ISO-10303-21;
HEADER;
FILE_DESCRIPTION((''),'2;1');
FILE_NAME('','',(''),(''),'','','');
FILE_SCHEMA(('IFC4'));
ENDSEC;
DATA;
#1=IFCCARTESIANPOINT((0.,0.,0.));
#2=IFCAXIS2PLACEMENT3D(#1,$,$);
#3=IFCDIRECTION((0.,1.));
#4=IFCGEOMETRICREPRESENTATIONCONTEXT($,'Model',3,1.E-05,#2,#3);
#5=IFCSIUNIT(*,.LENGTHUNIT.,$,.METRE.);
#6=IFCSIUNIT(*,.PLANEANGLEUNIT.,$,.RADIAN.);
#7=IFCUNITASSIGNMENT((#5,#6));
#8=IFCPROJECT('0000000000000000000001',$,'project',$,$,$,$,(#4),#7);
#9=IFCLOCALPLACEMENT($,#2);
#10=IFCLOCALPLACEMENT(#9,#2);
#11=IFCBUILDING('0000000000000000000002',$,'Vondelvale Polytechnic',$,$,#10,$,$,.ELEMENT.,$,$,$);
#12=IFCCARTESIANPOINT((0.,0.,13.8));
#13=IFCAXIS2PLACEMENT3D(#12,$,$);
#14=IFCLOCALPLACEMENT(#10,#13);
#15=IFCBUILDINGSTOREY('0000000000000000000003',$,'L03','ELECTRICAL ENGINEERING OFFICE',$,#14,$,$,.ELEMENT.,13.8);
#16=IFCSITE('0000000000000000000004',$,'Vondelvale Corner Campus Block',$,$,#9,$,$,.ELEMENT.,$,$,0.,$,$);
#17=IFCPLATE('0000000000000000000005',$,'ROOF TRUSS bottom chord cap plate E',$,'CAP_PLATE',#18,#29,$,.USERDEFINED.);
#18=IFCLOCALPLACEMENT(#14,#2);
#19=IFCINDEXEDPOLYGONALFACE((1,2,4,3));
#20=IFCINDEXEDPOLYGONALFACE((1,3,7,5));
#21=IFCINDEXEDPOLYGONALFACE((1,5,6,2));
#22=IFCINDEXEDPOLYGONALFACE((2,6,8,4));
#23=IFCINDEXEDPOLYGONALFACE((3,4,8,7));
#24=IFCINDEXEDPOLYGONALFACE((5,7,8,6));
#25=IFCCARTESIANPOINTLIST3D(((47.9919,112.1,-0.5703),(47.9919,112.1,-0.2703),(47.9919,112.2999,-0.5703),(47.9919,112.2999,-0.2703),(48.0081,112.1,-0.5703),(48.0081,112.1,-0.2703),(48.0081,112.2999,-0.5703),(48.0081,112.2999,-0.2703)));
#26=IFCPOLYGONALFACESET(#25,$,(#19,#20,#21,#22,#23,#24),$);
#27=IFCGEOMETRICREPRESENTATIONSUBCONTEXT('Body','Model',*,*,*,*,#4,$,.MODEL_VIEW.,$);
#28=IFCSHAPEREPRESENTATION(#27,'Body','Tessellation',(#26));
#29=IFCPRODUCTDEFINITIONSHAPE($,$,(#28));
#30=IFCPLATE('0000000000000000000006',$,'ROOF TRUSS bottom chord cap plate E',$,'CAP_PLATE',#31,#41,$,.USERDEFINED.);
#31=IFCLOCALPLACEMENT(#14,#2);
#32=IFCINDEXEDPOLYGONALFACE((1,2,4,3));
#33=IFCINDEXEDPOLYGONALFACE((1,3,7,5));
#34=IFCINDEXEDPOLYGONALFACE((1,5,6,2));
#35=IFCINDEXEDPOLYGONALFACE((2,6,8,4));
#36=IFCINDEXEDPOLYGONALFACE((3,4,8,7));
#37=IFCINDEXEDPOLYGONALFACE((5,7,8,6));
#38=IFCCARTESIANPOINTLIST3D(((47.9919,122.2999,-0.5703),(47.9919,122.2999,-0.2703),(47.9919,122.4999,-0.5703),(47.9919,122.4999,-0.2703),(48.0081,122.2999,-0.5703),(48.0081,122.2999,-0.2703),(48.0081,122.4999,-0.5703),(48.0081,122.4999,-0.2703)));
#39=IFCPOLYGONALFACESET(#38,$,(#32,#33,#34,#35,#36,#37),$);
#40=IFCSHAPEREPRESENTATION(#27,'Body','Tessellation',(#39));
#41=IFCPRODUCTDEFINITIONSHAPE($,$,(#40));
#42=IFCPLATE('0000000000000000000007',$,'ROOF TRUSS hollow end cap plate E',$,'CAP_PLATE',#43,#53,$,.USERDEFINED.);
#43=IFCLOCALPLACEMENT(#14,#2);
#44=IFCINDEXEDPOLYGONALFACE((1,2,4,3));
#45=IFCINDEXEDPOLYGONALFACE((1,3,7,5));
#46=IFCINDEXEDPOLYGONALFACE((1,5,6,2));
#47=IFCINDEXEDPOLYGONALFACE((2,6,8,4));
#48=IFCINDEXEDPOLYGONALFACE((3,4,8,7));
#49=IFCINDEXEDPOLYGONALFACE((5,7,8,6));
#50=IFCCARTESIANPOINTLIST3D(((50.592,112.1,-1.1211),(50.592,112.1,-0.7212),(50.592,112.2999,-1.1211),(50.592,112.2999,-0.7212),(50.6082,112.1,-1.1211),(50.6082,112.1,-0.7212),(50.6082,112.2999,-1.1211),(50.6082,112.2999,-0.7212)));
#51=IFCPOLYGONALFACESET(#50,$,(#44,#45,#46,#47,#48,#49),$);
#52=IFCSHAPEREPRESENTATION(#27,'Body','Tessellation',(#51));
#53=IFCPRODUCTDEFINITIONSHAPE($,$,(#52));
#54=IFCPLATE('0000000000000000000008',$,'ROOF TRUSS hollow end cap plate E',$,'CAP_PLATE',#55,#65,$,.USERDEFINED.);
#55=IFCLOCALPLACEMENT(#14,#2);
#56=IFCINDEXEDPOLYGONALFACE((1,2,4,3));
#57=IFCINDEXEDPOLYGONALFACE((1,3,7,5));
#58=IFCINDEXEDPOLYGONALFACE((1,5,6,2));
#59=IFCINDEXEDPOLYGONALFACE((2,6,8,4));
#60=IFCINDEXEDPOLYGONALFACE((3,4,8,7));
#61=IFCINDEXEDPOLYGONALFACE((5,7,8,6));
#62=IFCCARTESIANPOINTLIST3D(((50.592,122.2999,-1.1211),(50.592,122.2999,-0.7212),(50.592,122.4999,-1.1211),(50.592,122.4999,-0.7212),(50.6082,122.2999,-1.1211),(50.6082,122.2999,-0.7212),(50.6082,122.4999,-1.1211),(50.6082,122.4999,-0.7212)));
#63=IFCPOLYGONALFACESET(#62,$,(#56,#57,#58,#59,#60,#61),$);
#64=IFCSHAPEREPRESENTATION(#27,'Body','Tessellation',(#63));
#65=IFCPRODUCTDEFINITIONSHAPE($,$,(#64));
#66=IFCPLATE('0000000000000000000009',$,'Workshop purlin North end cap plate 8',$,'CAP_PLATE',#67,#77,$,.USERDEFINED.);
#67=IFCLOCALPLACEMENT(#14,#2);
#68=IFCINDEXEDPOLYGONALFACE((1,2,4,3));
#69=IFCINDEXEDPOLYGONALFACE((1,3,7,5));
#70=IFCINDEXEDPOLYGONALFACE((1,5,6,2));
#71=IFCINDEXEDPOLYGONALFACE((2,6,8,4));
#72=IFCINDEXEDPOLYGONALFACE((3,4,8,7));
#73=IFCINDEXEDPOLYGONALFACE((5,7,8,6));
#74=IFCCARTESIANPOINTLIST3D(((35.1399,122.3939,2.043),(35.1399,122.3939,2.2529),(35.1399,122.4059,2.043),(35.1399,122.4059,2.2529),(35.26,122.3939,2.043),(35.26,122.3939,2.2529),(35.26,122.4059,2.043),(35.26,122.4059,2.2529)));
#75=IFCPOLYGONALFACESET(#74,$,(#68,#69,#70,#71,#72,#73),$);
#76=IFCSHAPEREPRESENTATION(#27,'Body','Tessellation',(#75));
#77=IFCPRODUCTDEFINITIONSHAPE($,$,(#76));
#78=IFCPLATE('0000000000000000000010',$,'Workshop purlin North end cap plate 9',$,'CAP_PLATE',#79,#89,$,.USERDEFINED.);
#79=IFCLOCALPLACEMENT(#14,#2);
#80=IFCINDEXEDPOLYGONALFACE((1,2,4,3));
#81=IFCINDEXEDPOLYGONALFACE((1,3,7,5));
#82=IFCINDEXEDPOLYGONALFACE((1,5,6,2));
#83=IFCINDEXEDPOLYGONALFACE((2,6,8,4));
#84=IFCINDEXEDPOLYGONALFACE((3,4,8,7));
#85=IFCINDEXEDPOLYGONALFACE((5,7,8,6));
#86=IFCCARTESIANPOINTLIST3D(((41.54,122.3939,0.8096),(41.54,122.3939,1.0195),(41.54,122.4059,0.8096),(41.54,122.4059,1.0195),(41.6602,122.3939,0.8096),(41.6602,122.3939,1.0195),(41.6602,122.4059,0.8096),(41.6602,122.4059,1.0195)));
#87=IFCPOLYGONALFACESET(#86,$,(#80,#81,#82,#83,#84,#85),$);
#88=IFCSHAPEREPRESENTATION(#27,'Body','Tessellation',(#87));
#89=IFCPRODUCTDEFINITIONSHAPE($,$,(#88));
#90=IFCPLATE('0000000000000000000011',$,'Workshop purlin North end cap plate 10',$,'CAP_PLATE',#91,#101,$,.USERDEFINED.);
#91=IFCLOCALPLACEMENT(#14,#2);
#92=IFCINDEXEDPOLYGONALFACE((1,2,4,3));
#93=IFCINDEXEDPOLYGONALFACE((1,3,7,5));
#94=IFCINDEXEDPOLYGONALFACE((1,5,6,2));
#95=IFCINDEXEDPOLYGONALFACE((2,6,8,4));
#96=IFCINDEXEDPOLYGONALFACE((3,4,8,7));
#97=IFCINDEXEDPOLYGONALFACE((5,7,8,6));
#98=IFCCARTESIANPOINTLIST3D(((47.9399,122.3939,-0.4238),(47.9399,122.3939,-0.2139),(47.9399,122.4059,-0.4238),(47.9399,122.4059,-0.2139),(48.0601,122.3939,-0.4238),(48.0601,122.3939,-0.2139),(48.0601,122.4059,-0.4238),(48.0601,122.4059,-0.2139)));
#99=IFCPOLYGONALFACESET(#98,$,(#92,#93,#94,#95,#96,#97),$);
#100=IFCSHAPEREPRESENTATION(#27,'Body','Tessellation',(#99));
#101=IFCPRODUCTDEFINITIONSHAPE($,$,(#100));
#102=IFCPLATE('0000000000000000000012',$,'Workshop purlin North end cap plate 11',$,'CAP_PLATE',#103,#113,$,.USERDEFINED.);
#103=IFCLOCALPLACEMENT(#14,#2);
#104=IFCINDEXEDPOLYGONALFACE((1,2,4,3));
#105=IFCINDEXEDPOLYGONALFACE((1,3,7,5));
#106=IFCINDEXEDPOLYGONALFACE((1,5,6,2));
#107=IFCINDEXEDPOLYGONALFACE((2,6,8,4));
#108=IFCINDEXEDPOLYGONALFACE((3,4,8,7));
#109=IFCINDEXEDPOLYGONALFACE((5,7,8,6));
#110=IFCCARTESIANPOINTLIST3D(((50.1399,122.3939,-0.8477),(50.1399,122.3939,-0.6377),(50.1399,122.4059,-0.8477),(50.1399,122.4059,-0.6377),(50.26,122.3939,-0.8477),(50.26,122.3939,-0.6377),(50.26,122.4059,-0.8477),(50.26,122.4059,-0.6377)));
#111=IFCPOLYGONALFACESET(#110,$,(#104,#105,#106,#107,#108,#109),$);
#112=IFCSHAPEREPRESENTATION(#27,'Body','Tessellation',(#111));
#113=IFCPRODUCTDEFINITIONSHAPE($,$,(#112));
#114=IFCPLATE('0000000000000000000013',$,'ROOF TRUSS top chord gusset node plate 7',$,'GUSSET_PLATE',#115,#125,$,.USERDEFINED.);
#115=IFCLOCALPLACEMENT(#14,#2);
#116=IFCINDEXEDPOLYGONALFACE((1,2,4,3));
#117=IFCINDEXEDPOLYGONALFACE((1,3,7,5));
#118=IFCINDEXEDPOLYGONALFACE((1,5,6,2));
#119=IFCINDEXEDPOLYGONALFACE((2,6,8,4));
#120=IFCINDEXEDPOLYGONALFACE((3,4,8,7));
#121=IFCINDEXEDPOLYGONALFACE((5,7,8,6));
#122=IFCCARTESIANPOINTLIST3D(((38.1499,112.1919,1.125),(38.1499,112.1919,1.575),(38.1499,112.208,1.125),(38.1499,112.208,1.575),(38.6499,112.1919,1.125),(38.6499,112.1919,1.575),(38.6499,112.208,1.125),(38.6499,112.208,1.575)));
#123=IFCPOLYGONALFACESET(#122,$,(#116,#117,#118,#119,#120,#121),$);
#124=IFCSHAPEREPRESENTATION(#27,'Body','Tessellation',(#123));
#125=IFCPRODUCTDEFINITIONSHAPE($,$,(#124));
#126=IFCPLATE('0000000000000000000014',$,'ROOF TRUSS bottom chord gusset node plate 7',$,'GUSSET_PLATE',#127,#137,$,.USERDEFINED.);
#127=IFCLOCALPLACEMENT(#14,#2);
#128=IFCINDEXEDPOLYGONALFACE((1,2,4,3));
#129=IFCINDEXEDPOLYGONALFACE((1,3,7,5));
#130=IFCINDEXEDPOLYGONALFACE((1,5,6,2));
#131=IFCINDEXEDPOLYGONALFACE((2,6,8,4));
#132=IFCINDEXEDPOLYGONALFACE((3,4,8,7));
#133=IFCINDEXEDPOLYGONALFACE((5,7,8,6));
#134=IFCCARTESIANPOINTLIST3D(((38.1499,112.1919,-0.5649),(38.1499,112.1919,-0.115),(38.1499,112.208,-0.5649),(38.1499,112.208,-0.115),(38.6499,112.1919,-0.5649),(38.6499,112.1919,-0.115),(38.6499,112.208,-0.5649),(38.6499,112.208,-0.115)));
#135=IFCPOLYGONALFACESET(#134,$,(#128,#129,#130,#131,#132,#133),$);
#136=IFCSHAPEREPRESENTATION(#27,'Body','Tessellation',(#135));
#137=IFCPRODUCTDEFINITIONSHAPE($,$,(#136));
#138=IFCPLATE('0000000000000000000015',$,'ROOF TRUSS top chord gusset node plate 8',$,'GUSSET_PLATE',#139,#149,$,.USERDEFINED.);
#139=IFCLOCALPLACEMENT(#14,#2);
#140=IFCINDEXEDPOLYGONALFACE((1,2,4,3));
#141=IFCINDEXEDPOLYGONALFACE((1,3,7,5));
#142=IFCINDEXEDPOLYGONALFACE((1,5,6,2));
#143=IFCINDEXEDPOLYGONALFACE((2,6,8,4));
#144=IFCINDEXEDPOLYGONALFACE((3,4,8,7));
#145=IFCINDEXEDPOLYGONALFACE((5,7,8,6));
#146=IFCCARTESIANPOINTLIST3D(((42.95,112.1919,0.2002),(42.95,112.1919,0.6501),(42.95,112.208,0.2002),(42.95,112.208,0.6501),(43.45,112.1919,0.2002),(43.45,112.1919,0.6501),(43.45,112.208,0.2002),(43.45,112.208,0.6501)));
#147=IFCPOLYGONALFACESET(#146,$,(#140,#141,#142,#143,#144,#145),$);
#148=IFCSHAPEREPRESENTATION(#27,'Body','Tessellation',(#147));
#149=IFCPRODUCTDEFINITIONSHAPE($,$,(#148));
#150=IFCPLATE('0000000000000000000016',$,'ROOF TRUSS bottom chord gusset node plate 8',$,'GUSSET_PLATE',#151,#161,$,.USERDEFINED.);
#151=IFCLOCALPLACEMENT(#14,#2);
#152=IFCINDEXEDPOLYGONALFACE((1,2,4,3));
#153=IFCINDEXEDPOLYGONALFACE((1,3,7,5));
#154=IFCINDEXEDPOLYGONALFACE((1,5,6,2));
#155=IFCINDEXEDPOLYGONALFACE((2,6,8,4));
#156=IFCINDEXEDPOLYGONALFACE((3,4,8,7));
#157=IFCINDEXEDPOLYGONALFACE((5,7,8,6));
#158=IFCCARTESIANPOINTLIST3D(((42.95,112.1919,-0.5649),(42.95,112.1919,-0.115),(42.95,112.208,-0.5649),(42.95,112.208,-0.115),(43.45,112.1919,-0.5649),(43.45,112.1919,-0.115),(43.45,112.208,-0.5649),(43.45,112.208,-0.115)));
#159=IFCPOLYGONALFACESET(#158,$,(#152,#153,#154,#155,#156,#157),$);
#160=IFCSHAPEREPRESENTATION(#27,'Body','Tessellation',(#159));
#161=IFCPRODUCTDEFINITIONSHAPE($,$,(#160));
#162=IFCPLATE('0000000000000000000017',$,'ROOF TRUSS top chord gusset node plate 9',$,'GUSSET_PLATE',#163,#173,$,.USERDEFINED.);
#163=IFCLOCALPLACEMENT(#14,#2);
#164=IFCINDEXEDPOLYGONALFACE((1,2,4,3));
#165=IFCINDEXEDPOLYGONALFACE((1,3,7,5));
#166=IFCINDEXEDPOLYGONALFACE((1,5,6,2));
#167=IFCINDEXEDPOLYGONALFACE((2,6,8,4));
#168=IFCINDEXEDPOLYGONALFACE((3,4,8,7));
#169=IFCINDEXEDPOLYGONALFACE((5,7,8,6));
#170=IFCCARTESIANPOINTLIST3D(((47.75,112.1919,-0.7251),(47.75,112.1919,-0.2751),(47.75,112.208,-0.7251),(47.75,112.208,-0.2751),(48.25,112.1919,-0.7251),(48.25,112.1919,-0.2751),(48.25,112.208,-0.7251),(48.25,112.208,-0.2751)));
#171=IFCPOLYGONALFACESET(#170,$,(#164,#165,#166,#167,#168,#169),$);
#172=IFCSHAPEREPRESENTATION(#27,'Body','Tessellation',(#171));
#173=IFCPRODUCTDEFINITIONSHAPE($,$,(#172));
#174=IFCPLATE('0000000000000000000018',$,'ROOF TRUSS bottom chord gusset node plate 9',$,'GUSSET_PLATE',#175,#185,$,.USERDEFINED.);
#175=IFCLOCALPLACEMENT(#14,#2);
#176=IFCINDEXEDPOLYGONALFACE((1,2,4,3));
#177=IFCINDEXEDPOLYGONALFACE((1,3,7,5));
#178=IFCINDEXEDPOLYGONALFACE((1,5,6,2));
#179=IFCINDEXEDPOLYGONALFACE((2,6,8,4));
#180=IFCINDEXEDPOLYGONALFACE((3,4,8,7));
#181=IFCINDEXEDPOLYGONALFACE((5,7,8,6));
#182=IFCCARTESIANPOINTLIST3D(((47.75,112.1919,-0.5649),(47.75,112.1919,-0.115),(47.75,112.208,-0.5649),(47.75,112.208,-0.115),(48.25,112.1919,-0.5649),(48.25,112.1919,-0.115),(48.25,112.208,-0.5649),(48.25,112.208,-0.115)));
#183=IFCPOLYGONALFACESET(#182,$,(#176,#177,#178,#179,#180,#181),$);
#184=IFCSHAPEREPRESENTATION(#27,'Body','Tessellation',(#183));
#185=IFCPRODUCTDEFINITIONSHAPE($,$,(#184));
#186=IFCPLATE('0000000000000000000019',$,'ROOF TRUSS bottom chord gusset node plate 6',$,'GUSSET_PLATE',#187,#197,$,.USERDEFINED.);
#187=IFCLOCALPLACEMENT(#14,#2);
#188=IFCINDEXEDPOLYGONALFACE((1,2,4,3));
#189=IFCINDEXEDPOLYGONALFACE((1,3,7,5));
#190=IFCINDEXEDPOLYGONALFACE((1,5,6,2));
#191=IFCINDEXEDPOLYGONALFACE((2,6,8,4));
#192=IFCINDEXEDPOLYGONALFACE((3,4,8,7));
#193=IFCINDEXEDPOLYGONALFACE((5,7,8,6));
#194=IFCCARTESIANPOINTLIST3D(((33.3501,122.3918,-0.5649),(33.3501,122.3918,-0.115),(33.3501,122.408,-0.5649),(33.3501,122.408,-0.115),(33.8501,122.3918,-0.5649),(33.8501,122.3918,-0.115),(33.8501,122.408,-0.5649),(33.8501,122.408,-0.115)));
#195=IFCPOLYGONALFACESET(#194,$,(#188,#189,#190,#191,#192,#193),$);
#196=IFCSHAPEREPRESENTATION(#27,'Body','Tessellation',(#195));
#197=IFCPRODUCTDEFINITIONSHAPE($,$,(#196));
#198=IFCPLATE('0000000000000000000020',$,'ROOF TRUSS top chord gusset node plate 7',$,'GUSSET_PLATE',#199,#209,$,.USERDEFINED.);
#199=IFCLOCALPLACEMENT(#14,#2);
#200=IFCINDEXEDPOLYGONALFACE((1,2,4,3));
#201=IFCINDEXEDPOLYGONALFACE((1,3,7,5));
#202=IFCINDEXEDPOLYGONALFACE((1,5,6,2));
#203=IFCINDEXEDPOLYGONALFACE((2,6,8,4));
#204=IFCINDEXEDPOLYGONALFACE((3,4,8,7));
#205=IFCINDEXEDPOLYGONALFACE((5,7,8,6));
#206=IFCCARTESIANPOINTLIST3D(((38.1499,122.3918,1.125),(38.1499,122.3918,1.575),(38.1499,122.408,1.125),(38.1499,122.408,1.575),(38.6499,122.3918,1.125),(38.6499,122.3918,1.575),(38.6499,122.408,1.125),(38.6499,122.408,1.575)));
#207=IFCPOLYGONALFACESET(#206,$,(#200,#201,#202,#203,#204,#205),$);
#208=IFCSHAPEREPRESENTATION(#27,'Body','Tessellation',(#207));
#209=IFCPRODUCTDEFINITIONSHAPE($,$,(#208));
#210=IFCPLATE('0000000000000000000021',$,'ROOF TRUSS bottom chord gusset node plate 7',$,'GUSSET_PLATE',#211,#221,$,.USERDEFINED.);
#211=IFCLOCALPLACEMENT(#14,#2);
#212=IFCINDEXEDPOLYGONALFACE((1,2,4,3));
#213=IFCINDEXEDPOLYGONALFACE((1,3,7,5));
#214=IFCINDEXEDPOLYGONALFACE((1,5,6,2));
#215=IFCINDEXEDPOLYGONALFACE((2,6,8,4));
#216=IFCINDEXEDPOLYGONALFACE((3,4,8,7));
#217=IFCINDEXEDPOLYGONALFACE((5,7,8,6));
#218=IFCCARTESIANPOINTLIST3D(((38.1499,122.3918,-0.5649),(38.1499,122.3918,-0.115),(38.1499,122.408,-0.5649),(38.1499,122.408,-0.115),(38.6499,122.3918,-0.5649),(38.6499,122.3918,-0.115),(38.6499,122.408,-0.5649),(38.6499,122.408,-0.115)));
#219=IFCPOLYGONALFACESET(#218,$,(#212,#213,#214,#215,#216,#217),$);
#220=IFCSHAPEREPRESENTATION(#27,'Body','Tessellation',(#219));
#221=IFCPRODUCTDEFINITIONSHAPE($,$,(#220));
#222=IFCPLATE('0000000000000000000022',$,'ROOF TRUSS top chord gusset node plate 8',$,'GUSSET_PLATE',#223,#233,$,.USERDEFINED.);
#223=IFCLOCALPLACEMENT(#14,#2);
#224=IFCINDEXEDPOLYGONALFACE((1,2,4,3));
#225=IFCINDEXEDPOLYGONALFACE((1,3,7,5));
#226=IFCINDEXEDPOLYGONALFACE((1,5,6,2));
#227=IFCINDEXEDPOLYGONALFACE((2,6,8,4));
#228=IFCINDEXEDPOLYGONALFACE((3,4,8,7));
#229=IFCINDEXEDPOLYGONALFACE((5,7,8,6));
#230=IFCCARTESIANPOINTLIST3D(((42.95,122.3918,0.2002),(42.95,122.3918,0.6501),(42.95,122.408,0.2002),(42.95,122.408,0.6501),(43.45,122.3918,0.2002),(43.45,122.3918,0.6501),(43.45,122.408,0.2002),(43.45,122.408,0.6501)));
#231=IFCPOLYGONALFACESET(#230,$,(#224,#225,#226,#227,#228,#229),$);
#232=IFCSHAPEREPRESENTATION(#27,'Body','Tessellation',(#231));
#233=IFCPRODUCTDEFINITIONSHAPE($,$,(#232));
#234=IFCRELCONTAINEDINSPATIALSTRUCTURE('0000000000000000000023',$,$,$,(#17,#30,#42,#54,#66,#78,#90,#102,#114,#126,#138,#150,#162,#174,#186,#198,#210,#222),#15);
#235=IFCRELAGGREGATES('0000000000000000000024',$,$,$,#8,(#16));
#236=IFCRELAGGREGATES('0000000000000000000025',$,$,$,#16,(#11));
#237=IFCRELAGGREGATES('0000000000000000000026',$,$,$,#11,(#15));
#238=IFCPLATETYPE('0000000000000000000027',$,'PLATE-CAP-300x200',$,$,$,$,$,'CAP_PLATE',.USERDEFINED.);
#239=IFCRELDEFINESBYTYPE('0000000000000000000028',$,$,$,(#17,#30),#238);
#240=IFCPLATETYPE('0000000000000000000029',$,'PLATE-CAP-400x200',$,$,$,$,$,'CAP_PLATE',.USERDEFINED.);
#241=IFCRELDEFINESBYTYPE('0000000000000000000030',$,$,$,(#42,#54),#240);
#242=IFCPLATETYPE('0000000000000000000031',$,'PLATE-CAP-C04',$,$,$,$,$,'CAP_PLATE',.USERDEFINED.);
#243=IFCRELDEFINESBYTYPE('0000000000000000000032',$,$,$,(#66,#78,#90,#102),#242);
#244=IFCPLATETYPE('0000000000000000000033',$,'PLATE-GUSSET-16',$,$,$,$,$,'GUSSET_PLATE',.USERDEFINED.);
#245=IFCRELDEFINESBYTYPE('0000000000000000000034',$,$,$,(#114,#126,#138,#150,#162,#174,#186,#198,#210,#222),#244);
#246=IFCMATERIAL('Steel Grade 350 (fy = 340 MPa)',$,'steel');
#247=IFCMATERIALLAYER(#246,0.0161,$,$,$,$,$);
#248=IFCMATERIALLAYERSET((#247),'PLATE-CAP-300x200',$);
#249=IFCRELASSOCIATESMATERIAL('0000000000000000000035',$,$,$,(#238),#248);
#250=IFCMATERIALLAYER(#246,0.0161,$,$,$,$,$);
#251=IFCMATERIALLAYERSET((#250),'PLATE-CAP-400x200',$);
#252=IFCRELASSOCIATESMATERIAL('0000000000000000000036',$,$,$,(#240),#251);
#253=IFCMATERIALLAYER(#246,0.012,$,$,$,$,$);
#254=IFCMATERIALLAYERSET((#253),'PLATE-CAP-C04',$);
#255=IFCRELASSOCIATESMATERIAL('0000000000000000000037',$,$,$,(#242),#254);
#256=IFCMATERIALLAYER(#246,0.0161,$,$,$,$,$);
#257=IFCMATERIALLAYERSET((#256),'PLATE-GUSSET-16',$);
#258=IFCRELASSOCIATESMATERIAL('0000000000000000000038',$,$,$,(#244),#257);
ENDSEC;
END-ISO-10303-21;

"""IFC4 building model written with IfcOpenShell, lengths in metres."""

from ifc_helpers import new_model, si_unit, direction, frame, origin, origin_2d, place, context, subcontext, project, spatial, rectangle, extrude, material, layer, layer_set, type_object, element, save


model = new_model("IFC4")

# Units and contexts
model_context = context("Model", 3, precision=1e-05, world=origin(), true_north=direction((0.0, 1.0)))
body_context = subcontext(model_context, "Body", "Model", "MODEL_VIEW")
ifc_project = project(units=[si_unit("LENGTHUNIT", "METRE"), si_unit("PLANEANGLEUNIT", "RADIAN")], contexts=[model_context])

# Site, building, storey
site_placement = place(None, origin())
site = spatial("IfcSite", under=ifc_project, at=site_placement, Name="Vondelvale Corner Campus Block", CompositionType="ELEMENT", RefElevation=0.0)
building_placement = place(site_placement, origin())
building = spatial("IfcBuilding", under=site, at=building_placement, Name="Vondelvale Polytechnic", CompositionType="ELEMENT")
storey_placement = place(building_placement, frame((0.0, 0.0, 13.8)))
storey = spatial("IfcBuildingStorey", under=building, at=storey_placement, Name="L03", Description="ELECTRICAL ENGINEERING OFFICE", CompositionType="ELEMENT", Elevation=13.8)

# Plates
ifc_material_1 = material(Name="Steel Grade 350 (fy = 340 MPa)", Category="steel")
ifc_layer_1 = layer(ifc_material_1, 0.0161)
ifc_layer_set_1 = layer_set([ifc_layer_1], Name="PLATE-CAP-300x200")
plate_type_1 = type_object("IfcPlateType", Name="PLATE-CAP-300x200", ElementType="CAP_PLATE", PredefinedType="USERDEFINED", material=ifc_layer_set_1)
for number, where, z_axis, x_axis, name in (
    (1, (48.0, 112.2, -0.5703), (0.0, 0.0, 1.0), (1.0, 0.0, 0.0), "ROOF TRUSS bottom chord cap plate E"),
    (2, (48.0, 122.3999, -0.5703), (0.0, 0.0, 1.0), (1.0, 0.0, 0.0), "ROOF TRUSS bottom chord cap plate E"),
):
    element("IfcPlate", number, at=place(storey_placement, frame(where, z_axis=z_axis, x_axis=x_axis)), inside=storey, type_object=plate_type_1, Name=name, ObjectType="CAP_PLATE", PredefinedType="USERDEFINED", context=body_context, shape_type="SweptSolid", body=[
        extrude(rectangle(XDim=0.0161, YDim=0.2, at=origin_2d()), origin(), (0.0, 0.0, 1.0), 0.3),
    ])
ifc_layer_2 = layer(ifc_material_1, 0.0161)
ifc_layer_set_2 = layer_set([ifc_layer_2], Name="PLATE-CAP-400x200")
plate_type_2 = type_object("IfcPlateType", Name="PLATE-CAP-400x200", ElementType="CAP_PLATE", PredefinedType="USERDEFINED", material=ifc_layer_set_2)
for number, where, z_axis, x_axis, name in (
    (3, (50.6001, 112.2, -1.1211), (0.0, 0.0, 1.0), (1.0, 0.0, 0.0), "ROOF TRUSS hollow end cap plate E"),
    (4, (50.6001, 122.3999, -1.1211), (0.0, 0.0, 1.0), (1.0, 0.0, 0.0), "ROOF TRUSS hollow end cap plate E"),
):
    element("IfcPlate", number, at=place(storey_placement, frame(where, z_axis=z_axis, x_axis=x_axis)), inside=storey, type_object=plate_type_2, Name=name, ObjectType="CAP_PLATE", PredefinedType="USERDEFINED", context=body_context, shape_type="SweptSolid", body=[
        extrude(rectangle(XDim=0.0161, YDim=0.2, at=origin_2d()), origin(), (0.0, 0.0, 1.0), 0.3999),
    ])
ifc_layer_3 = layer(ifc_material_1, 0.012)
ifc_layer_set_3 = layer_set([ifc_layer_3], Name="PLATE-CAP-C04")
plate_type_3 = type_object("IfcPlateType", Name="PLATE-CAP-C04", ElementType="CAP_PLATE", PredefinedType="USERDEFINED", material=ifc_layer_set_3)
for number, where, z_axis, x_axis, name in (
    (5, (35.2, 122.3999, 2.043), (0.0, 0.0, 1.0), (1.0, 0.0, 0.0), "Workshop purlin North end cap plate 8"),
    (6, (41.6001, 122.3999, 0.8096), (0.0, 0.0, 1.0), (1.0, 0.0, 0.0), "Workshop purlin North end cap plate 9"),
    (7, (48.0, 122.3999, -0.4238), (0.0, 0.0, 1.0), (1.0, 0.0, 0.0), "Workshop purlin North end cap plate 10"),
    (8, (50.2, 122.3999, -0.8477), (0.0, 0.0, 1.0), (1.0, 0.0, 0.0), "Workshop purlin North end cap plate 11"),
):
    element("IfcPlate", number, at=place(storey_placement, frame(where, z_axis=z_axis, x_axis=x_axis)), inside=storey, type_object=plate_type_3, Name=name, ObjectType="CAP_PLATE", PredefinedType="USERDEFINED", context=body_context, shape_type="SweptSolid", body=[
        extrude(rectangle(XDim=0.1201, YDim=0.012, at=origin_2d()), origin(), (0.0, 0.0, 1.0), 0.21),
    ])
ifc_layer_4 = layer(ifc_material_1, 0.0161)
ifc_layer_set_4 = layer_set([ifc_layer_4], Name="PLATE-GUSSET-16")
plate_type_4 = type_object("IfcPlateType", Name="PLATE-GUSSET-16", ElementType="GUSSET_PLATE", PredefinedType="USERDEFINED", material=ifc_layer_set_4)
for number, where, z_axis, x_axis, name in (
    (9, (38.3999, 112.2, 1.125), (0.0, 0.0, 1.0), (1.0, 0.0, 0.0), "ROOF TRUSS top chord gusset node plate 7"),
    (10, (38.3999, 112.2, -0.5649), (0.0, 0.0, 1.0), (1.0, 0.0, 0.0), "ROOF TRUSS bottom chord gusset node plate 7"),
    (11, (43.2, 112.2, 0.2002), (0.0, 0.0, 1.0), (1.0, 0.0, 0.0), "ROOF TRUSS top chord gusset node plate 8"),
    (12, (43.2, 112.2, -0.5649), (0.0, 0.0, 1.0), (1.0, 0.0, 0.0), "ROOF TRUSS bottom chord gusset node plate 8"),
    (13, (48.0, 112.2, -0.7251), (0.0, 0.0, 1.0), (1.0, 0.0, 0.0), "ROOF TRUSS top chord gusset node plate 9"),
    (14, (48.0, 112.2, -0.5649), (0.0, 0.0, 1.0), (1.0, 0.0, 0.0), "ROOF TRUSS bottom chord gusset node plate 9"),
    (15, (33.6001, 122.3999, -0.5649), (0.0, 0.0, 1.0), (1.0, 0.0, 0.0), "ROOF TRUSS bottom chord gusset node plate 6"),
    (16, (38.3999, 122.3999, 1.125), (0.0, 0.0, 1.0), (1.0, 0.0, 0.0), "ROOF TRUSS top chord gusset node plate 7"),
    (17, (38.3999, 122.3999, -0.5649), (0.0, 0.0, 1.0), (1.0, 0.0, 0.0), "ROOF TRUSS bottom chord gusset node plate 7"),
    (18, (43.2, 122.3999, 0.2002), (0.0, 0.0, 1.0), (1.0, 0.0, 0.0), "ROOF TRUSS top chord gusset node plate 8"),
):
    element("IfcPlate", number, at=place(storey_placement, frame(where, z_axis=z_axis, x_axis=x_axis)), inside=storey, type_object=plate_type_4, Name=name, ObjectType="GUSSET_PLATE", PredefinedType="USERDEFINED", context=body_context, shape_type="SweptSolid", body=[
        extrude(rectangle(XDim=0.5, YDim=0.0161, at=origin_2d()), origin(), (0.0, 0.0, 1.0), 0.45),
    ])

save(model, "model.ifc")
